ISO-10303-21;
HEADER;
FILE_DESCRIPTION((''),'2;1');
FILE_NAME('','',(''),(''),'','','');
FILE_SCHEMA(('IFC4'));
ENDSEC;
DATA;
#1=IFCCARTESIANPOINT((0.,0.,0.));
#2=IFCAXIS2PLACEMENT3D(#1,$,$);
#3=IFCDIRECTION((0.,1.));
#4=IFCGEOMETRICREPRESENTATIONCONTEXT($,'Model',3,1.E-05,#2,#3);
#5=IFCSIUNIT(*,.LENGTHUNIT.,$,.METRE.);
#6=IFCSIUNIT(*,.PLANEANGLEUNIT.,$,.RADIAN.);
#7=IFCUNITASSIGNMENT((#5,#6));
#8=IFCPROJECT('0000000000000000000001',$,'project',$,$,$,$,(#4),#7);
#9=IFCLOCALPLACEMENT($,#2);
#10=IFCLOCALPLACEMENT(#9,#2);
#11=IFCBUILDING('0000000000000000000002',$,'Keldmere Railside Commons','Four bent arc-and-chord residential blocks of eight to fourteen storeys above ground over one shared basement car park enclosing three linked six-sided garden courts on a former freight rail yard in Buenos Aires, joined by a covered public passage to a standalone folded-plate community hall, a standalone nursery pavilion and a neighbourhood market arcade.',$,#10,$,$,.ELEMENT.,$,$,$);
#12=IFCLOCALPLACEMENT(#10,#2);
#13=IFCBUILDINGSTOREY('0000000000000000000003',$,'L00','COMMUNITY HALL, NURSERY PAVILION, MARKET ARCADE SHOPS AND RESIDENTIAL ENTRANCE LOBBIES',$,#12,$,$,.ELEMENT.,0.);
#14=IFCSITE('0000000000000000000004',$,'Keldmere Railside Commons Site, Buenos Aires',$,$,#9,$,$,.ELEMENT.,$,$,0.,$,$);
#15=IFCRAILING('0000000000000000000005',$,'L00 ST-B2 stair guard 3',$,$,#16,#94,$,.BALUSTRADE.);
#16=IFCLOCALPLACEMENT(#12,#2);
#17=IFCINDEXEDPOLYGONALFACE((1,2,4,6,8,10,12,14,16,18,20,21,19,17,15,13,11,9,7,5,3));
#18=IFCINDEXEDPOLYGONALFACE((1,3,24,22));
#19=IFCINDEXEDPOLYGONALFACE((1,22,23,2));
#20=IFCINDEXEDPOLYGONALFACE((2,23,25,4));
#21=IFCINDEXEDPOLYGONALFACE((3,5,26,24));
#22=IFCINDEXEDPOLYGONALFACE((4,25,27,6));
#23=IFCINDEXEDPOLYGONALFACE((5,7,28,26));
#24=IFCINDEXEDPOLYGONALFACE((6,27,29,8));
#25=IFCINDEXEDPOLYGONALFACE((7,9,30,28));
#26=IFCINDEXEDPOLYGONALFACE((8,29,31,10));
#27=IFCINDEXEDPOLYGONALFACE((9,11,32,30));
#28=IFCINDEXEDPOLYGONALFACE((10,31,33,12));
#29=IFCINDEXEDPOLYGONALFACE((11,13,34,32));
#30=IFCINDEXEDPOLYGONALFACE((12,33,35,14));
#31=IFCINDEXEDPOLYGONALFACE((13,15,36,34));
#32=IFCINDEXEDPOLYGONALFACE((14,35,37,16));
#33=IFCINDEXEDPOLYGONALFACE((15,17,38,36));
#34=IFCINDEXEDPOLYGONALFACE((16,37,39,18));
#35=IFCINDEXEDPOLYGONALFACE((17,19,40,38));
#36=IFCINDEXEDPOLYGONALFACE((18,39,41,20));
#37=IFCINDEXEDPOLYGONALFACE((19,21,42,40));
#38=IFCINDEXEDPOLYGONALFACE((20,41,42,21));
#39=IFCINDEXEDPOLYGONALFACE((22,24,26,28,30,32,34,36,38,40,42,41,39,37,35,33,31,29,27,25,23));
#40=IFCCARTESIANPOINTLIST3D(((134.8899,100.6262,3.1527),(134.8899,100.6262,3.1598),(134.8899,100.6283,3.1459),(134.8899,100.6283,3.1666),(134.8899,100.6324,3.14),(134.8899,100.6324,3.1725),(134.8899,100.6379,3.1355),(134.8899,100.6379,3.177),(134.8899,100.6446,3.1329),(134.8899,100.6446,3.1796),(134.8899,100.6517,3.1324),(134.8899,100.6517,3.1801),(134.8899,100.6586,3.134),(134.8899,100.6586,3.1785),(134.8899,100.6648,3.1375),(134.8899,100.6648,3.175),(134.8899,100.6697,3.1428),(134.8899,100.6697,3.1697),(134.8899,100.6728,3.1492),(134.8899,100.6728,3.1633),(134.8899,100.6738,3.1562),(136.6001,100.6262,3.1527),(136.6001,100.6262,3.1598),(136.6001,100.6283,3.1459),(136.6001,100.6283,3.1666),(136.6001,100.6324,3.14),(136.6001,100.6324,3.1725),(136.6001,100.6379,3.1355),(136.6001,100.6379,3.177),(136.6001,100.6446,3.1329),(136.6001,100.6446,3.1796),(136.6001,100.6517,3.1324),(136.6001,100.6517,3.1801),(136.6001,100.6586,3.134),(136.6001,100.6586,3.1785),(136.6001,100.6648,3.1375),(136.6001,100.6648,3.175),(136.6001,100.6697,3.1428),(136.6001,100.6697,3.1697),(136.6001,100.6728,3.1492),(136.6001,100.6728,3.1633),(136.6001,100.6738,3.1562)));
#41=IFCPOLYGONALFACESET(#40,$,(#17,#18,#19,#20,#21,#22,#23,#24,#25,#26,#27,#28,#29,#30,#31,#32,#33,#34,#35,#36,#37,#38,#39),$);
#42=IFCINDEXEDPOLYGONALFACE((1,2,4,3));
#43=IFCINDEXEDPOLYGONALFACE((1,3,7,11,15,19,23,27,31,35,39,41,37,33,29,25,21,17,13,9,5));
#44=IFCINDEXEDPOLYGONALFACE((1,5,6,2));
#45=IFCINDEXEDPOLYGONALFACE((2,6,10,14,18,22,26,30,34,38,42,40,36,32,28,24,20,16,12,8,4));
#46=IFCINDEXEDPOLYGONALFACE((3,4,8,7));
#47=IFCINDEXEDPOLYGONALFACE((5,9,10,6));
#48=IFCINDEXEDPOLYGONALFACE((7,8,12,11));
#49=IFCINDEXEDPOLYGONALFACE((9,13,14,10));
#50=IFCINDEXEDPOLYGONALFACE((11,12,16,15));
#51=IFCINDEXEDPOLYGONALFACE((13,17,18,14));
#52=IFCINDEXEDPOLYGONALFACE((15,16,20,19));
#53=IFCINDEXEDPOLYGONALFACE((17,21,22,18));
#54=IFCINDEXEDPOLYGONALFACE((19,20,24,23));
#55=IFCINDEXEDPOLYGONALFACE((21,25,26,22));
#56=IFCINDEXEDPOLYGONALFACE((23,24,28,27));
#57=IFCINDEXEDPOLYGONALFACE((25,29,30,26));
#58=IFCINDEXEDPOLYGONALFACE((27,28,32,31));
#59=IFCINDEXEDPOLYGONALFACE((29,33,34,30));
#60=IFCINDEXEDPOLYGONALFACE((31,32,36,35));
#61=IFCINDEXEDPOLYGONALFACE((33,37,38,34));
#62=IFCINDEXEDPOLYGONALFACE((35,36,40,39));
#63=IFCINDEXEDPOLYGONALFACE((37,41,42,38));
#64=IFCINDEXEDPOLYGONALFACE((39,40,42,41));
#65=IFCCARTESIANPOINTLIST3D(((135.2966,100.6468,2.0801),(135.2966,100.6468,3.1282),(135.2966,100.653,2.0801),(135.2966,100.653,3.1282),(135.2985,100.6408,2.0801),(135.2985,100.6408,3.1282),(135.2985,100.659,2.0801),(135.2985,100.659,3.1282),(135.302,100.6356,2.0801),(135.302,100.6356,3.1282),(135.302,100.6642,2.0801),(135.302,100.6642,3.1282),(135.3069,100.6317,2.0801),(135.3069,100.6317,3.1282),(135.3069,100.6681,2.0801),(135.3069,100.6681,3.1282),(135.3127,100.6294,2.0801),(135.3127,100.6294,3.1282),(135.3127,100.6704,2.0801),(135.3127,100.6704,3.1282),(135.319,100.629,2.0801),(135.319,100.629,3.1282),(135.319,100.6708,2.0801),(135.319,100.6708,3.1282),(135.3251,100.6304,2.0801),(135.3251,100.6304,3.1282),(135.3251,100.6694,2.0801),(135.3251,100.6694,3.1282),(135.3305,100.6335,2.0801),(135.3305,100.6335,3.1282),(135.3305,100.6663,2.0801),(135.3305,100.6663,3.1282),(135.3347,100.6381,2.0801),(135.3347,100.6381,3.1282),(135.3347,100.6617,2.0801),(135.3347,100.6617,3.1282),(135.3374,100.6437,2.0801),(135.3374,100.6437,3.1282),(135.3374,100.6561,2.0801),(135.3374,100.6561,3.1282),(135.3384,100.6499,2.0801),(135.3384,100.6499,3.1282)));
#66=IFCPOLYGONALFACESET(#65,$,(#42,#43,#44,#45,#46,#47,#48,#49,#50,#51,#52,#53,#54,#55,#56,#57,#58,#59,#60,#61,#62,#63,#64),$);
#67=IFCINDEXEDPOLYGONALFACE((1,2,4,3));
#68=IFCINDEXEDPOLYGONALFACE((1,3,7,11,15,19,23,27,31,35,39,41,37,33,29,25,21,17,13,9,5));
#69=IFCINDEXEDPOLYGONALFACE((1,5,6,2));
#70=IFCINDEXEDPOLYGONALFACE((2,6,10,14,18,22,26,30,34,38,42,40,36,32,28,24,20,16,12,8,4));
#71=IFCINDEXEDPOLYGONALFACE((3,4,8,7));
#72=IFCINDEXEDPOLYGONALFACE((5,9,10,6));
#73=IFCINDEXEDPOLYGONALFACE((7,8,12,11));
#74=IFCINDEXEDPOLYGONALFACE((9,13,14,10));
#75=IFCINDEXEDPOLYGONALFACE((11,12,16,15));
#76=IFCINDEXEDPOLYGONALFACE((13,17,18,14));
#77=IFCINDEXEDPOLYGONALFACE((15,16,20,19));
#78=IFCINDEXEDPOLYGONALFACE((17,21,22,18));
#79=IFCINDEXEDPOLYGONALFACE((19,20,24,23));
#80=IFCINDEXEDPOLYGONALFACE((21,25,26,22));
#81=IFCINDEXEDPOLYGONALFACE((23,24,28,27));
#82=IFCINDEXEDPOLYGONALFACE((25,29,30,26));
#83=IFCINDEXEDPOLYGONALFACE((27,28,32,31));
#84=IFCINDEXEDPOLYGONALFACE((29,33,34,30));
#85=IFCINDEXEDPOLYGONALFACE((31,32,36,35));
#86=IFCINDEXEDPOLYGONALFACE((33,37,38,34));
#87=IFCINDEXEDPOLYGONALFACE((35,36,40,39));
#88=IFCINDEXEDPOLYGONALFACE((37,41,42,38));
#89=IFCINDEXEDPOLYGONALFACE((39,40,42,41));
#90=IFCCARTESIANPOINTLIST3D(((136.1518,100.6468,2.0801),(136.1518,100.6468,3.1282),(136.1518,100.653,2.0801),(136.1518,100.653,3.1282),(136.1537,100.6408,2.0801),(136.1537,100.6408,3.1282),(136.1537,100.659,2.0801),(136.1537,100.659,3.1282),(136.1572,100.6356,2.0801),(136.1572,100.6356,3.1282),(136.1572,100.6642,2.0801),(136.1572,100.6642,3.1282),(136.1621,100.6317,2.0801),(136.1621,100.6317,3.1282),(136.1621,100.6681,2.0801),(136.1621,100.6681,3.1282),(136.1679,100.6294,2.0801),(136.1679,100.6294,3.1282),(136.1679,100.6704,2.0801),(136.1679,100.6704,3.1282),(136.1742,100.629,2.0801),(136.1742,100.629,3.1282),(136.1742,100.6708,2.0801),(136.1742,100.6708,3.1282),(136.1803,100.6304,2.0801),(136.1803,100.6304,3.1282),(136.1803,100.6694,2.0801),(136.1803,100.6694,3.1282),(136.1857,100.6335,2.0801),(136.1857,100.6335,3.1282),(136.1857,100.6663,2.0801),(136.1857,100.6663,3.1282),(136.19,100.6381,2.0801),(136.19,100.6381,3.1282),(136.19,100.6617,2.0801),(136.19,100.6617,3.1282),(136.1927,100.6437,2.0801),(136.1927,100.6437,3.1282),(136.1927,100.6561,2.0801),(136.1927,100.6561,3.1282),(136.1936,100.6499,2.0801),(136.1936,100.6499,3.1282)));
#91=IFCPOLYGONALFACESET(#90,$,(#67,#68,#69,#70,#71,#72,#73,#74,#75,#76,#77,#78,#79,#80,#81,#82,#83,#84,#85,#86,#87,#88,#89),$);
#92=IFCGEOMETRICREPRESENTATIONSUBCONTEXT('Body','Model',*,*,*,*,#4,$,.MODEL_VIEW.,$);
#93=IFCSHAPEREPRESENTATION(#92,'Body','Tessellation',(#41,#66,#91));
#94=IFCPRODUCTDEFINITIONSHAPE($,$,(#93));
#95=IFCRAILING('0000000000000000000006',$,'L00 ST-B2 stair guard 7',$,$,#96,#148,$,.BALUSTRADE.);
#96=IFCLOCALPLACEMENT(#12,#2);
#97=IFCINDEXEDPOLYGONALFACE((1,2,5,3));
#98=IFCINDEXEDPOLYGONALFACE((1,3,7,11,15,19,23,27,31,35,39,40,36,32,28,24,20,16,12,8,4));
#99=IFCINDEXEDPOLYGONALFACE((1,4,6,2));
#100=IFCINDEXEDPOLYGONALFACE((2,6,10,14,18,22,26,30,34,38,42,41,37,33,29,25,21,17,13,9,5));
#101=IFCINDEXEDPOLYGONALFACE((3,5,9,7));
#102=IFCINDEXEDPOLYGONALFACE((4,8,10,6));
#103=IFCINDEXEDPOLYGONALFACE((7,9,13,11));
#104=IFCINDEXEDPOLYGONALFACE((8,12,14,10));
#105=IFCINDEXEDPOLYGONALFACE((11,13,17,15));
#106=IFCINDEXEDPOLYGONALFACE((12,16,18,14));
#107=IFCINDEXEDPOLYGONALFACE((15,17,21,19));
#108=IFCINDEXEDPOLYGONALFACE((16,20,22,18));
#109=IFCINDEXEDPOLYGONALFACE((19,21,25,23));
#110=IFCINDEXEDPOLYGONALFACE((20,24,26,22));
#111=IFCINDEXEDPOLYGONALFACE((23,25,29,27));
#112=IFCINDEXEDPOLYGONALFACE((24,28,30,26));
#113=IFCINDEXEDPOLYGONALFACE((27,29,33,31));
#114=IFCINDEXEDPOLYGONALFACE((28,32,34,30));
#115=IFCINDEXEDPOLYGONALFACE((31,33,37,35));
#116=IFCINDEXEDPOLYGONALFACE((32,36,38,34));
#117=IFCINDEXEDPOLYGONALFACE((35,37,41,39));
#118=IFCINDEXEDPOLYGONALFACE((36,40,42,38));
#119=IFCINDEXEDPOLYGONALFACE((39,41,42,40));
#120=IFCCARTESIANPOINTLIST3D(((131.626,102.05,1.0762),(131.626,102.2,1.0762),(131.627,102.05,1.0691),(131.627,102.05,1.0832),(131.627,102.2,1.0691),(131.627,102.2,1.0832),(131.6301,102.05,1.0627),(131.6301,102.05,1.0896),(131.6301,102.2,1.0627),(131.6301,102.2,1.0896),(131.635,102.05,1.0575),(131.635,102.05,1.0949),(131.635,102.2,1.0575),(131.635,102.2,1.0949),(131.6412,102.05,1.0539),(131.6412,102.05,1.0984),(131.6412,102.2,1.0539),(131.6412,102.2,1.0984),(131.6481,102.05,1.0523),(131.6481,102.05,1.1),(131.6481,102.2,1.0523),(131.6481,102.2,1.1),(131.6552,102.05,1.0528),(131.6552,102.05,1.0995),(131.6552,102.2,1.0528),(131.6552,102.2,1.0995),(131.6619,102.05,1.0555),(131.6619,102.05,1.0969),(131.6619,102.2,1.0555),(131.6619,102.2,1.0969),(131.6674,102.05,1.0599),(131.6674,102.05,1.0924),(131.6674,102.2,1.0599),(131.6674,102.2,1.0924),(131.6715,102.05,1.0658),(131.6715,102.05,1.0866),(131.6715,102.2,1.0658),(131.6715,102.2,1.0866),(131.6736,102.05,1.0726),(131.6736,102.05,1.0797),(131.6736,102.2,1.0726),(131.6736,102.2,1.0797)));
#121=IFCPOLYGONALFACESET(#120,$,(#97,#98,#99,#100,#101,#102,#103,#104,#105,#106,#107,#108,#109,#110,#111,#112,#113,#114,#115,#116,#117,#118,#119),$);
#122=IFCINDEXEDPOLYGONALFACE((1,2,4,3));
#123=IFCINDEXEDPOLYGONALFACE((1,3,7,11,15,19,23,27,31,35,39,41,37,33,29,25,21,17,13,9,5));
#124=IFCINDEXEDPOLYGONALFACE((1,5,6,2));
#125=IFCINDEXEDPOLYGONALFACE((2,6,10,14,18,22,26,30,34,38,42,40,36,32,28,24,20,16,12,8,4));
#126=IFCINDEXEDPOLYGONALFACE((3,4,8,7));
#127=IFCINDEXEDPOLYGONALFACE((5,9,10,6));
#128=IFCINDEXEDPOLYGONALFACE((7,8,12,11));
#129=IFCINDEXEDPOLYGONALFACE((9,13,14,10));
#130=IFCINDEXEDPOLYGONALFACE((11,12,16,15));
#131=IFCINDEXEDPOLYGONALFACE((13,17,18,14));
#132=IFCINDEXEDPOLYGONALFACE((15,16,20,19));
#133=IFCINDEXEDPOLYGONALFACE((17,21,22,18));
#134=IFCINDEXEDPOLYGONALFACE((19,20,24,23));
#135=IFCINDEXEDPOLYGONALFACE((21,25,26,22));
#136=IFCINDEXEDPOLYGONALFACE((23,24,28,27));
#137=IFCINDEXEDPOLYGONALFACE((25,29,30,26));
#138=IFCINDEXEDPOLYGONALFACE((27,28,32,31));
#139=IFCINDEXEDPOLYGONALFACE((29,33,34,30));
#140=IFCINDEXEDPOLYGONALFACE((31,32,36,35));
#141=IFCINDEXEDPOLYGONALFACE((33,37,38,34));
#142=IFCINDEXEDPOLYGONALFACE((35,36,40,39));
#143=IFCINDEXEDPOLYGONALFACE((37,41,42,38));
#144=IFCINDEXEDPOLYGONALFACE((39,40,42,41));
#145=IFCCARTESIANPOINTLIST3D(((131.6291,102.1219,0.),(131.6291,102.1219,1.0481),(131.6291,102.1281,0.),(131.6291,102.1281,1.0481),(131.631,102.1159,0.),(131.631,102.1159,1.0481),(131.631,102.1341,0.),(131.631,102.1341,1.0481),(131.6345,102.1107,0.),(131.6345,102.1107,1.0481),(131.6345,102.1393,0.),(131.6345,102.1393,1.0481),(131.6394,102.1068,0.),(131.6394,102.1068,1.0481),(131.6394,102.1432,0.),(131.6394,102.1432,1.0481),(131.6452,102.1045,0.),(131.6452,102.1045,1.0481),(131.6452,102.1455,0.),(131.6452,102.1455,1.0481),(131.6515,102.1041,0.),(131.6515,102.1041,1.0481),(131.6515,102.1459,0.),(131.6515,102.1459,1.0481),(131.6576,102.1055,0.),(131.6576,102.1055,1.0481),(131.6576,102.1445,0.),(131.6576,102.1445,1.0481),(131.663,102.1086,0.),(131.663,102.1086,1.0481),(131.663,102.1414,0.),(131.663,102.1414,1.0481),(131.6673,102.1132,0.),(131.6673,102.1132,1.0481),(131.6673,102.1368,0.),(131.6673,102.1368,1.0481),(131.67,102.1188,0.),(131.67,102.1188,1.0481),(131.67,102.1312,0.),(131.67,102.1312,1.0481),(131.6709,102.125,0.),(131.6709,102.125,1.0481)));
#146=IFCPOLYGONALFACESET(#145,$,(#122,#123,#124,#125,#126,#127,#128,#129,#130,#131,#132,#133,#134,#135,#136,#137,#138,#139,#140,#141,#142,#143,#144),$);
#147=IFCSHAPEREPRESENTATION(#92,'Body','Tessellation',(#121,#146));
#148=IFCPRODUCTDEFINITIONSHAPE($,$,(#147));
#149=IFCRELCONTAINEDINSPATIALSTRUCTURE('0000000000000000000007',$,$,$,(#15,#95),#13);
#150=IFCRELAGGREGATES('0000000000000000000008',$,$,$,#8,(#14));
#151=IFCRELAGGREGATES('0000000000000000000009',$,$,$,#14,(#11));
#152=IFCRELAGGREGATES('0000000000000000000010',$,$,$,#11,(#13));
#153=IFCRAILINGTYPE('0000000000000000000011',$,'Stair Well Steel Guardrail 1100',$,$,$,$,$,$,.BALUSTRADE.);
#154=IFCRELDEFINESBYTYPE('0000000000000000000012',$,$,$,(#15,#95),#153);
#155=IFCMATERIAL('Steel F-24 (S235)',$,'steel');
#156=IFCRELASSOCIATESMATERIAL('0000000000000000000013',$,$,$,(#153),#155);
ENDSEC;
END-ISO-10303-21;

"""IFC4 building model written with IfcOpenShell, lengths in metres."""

from ifc_helpers import new_model, si_unit, direction, frame, origin, origin_2d, place, context, subcontext, project, spatial, circle, extrude, material, type_object, element, save


model = new_model("IFC4")

# Units and contexts
model_context = context("Model", 3, precision=1e-05, world=origin(), true_north=direction((0.0, 1.0)))
body_context = subcontext(model_context, "Body", "Model", "MODEL_VIEW")
ifc_project = project(units=[si_unit("LENGTHUNIT", "METRE"), si_unit("PLANEANGLEUNIT", "RADIAN")], contexts=[model_context])

# Site, building, storey
site_placement = place(None, origin())
site = spatial("IfcSite", under=ifc_project, at=site_placement, Name="Keldmere Railside Commons Site, Buenos Aires", CompositionType="ELEMENT", RefElevation=0.0)
building_placement = place(site_placement, origin())
building = spatial("IfcBuilding", under=site, at=building_placement, Name="Keldmere Railside Commons", Description="Four bent arc-and-chord residential blocks of eight to fourteen storeys above ground over one shared basement car park enclosing three linked six-sided garden courts on a former freight rail yard in Buenos Aires, joined by a covered public passage to a standalone folded-plate community hall, a standalone nursery pavilion and a neighbourhood market arcade.", CompositionType="ELEMENT")
storey_placement = place(building_placement, origin())
storey = spatial("IfcBuildingStorey", under=building, at=storey_placement, Name="L00", Description="COMMUNITY HALL, NURSERY PAVILION, MARKET ARCADE SHOPS AND RESIDENTIAL ENTRANCE LOBBIES", CompositionType="ELEMENT", Elevation=0.0)

# Railings
ifc_material_1 = material(Name="Steel F-24 (S235)", Category="steel")
railing_type_1 = type_object("IfcRailingType", Name="Stair Well Steel Guardrail 1100", PredefinedType="BALUSTRADE", material=ifc_material_1)
railing_1_placement = place(storey_placement, frame((134.8899, 100.6499, 2.0801)))
element("IfcRailing", 1, at=railing_1_placement, inside=storey, type_object=railing_type_1, Name="L00 ST-B2 stair guard 3", PredefinedType="BALUSTRADE", context=body_context, shape_type="SweptSolid", body=[
    extrude(circle(Radius=0.0239, at=origin_2d()), frame((0.0, 0.0, 1.0762), z_axis=(1.0, 0.0, 0.0), x_axis=(0.0, 1.0, 0.0)), (0.0, 0.0, 1.0), 1.7102),
    extrude(circle(Radius=0.021, at=origin_2d()), frame((0.4275, 0.0, 0.0)), (0.0, 0.0, 1.0), 1.0481),
    extrude(circle(Radius=0.021, at=origin_2d()), frame((1.2827, 0.0, 0.0)), (0.0, 0.0, 1.0), 1.0481),
])
railing_2_placement = place(storey_placement, frame((131.6499, 102.05, 0.0)))
element("IfcRailing", 2, at=railing_2_placement, inside=storey, type_object=railing_type_1, Name="L00 ST-B2 stair guard 7", PredefinedType="BALUSTRADE", context=body_context, shape_type="SweptSolid", body=[
    extrude(circle(Radius=0.0239, at=origin_2d()), frame((0.0, 0.0, 1.0762), z_axis=(0.0, 1.0, 0.0), x_axis=(-1.0, 0.0, 0.0)), (0.0, 0.0, 1.0), 0.1499),
    extrude(circle(Radius=0.021, at=origin_2d()), frame((0.0, 0.075, 0.0)), (0.0, 0.0, 1.0), 1.0481),
])

save(model, "model.ifc")
